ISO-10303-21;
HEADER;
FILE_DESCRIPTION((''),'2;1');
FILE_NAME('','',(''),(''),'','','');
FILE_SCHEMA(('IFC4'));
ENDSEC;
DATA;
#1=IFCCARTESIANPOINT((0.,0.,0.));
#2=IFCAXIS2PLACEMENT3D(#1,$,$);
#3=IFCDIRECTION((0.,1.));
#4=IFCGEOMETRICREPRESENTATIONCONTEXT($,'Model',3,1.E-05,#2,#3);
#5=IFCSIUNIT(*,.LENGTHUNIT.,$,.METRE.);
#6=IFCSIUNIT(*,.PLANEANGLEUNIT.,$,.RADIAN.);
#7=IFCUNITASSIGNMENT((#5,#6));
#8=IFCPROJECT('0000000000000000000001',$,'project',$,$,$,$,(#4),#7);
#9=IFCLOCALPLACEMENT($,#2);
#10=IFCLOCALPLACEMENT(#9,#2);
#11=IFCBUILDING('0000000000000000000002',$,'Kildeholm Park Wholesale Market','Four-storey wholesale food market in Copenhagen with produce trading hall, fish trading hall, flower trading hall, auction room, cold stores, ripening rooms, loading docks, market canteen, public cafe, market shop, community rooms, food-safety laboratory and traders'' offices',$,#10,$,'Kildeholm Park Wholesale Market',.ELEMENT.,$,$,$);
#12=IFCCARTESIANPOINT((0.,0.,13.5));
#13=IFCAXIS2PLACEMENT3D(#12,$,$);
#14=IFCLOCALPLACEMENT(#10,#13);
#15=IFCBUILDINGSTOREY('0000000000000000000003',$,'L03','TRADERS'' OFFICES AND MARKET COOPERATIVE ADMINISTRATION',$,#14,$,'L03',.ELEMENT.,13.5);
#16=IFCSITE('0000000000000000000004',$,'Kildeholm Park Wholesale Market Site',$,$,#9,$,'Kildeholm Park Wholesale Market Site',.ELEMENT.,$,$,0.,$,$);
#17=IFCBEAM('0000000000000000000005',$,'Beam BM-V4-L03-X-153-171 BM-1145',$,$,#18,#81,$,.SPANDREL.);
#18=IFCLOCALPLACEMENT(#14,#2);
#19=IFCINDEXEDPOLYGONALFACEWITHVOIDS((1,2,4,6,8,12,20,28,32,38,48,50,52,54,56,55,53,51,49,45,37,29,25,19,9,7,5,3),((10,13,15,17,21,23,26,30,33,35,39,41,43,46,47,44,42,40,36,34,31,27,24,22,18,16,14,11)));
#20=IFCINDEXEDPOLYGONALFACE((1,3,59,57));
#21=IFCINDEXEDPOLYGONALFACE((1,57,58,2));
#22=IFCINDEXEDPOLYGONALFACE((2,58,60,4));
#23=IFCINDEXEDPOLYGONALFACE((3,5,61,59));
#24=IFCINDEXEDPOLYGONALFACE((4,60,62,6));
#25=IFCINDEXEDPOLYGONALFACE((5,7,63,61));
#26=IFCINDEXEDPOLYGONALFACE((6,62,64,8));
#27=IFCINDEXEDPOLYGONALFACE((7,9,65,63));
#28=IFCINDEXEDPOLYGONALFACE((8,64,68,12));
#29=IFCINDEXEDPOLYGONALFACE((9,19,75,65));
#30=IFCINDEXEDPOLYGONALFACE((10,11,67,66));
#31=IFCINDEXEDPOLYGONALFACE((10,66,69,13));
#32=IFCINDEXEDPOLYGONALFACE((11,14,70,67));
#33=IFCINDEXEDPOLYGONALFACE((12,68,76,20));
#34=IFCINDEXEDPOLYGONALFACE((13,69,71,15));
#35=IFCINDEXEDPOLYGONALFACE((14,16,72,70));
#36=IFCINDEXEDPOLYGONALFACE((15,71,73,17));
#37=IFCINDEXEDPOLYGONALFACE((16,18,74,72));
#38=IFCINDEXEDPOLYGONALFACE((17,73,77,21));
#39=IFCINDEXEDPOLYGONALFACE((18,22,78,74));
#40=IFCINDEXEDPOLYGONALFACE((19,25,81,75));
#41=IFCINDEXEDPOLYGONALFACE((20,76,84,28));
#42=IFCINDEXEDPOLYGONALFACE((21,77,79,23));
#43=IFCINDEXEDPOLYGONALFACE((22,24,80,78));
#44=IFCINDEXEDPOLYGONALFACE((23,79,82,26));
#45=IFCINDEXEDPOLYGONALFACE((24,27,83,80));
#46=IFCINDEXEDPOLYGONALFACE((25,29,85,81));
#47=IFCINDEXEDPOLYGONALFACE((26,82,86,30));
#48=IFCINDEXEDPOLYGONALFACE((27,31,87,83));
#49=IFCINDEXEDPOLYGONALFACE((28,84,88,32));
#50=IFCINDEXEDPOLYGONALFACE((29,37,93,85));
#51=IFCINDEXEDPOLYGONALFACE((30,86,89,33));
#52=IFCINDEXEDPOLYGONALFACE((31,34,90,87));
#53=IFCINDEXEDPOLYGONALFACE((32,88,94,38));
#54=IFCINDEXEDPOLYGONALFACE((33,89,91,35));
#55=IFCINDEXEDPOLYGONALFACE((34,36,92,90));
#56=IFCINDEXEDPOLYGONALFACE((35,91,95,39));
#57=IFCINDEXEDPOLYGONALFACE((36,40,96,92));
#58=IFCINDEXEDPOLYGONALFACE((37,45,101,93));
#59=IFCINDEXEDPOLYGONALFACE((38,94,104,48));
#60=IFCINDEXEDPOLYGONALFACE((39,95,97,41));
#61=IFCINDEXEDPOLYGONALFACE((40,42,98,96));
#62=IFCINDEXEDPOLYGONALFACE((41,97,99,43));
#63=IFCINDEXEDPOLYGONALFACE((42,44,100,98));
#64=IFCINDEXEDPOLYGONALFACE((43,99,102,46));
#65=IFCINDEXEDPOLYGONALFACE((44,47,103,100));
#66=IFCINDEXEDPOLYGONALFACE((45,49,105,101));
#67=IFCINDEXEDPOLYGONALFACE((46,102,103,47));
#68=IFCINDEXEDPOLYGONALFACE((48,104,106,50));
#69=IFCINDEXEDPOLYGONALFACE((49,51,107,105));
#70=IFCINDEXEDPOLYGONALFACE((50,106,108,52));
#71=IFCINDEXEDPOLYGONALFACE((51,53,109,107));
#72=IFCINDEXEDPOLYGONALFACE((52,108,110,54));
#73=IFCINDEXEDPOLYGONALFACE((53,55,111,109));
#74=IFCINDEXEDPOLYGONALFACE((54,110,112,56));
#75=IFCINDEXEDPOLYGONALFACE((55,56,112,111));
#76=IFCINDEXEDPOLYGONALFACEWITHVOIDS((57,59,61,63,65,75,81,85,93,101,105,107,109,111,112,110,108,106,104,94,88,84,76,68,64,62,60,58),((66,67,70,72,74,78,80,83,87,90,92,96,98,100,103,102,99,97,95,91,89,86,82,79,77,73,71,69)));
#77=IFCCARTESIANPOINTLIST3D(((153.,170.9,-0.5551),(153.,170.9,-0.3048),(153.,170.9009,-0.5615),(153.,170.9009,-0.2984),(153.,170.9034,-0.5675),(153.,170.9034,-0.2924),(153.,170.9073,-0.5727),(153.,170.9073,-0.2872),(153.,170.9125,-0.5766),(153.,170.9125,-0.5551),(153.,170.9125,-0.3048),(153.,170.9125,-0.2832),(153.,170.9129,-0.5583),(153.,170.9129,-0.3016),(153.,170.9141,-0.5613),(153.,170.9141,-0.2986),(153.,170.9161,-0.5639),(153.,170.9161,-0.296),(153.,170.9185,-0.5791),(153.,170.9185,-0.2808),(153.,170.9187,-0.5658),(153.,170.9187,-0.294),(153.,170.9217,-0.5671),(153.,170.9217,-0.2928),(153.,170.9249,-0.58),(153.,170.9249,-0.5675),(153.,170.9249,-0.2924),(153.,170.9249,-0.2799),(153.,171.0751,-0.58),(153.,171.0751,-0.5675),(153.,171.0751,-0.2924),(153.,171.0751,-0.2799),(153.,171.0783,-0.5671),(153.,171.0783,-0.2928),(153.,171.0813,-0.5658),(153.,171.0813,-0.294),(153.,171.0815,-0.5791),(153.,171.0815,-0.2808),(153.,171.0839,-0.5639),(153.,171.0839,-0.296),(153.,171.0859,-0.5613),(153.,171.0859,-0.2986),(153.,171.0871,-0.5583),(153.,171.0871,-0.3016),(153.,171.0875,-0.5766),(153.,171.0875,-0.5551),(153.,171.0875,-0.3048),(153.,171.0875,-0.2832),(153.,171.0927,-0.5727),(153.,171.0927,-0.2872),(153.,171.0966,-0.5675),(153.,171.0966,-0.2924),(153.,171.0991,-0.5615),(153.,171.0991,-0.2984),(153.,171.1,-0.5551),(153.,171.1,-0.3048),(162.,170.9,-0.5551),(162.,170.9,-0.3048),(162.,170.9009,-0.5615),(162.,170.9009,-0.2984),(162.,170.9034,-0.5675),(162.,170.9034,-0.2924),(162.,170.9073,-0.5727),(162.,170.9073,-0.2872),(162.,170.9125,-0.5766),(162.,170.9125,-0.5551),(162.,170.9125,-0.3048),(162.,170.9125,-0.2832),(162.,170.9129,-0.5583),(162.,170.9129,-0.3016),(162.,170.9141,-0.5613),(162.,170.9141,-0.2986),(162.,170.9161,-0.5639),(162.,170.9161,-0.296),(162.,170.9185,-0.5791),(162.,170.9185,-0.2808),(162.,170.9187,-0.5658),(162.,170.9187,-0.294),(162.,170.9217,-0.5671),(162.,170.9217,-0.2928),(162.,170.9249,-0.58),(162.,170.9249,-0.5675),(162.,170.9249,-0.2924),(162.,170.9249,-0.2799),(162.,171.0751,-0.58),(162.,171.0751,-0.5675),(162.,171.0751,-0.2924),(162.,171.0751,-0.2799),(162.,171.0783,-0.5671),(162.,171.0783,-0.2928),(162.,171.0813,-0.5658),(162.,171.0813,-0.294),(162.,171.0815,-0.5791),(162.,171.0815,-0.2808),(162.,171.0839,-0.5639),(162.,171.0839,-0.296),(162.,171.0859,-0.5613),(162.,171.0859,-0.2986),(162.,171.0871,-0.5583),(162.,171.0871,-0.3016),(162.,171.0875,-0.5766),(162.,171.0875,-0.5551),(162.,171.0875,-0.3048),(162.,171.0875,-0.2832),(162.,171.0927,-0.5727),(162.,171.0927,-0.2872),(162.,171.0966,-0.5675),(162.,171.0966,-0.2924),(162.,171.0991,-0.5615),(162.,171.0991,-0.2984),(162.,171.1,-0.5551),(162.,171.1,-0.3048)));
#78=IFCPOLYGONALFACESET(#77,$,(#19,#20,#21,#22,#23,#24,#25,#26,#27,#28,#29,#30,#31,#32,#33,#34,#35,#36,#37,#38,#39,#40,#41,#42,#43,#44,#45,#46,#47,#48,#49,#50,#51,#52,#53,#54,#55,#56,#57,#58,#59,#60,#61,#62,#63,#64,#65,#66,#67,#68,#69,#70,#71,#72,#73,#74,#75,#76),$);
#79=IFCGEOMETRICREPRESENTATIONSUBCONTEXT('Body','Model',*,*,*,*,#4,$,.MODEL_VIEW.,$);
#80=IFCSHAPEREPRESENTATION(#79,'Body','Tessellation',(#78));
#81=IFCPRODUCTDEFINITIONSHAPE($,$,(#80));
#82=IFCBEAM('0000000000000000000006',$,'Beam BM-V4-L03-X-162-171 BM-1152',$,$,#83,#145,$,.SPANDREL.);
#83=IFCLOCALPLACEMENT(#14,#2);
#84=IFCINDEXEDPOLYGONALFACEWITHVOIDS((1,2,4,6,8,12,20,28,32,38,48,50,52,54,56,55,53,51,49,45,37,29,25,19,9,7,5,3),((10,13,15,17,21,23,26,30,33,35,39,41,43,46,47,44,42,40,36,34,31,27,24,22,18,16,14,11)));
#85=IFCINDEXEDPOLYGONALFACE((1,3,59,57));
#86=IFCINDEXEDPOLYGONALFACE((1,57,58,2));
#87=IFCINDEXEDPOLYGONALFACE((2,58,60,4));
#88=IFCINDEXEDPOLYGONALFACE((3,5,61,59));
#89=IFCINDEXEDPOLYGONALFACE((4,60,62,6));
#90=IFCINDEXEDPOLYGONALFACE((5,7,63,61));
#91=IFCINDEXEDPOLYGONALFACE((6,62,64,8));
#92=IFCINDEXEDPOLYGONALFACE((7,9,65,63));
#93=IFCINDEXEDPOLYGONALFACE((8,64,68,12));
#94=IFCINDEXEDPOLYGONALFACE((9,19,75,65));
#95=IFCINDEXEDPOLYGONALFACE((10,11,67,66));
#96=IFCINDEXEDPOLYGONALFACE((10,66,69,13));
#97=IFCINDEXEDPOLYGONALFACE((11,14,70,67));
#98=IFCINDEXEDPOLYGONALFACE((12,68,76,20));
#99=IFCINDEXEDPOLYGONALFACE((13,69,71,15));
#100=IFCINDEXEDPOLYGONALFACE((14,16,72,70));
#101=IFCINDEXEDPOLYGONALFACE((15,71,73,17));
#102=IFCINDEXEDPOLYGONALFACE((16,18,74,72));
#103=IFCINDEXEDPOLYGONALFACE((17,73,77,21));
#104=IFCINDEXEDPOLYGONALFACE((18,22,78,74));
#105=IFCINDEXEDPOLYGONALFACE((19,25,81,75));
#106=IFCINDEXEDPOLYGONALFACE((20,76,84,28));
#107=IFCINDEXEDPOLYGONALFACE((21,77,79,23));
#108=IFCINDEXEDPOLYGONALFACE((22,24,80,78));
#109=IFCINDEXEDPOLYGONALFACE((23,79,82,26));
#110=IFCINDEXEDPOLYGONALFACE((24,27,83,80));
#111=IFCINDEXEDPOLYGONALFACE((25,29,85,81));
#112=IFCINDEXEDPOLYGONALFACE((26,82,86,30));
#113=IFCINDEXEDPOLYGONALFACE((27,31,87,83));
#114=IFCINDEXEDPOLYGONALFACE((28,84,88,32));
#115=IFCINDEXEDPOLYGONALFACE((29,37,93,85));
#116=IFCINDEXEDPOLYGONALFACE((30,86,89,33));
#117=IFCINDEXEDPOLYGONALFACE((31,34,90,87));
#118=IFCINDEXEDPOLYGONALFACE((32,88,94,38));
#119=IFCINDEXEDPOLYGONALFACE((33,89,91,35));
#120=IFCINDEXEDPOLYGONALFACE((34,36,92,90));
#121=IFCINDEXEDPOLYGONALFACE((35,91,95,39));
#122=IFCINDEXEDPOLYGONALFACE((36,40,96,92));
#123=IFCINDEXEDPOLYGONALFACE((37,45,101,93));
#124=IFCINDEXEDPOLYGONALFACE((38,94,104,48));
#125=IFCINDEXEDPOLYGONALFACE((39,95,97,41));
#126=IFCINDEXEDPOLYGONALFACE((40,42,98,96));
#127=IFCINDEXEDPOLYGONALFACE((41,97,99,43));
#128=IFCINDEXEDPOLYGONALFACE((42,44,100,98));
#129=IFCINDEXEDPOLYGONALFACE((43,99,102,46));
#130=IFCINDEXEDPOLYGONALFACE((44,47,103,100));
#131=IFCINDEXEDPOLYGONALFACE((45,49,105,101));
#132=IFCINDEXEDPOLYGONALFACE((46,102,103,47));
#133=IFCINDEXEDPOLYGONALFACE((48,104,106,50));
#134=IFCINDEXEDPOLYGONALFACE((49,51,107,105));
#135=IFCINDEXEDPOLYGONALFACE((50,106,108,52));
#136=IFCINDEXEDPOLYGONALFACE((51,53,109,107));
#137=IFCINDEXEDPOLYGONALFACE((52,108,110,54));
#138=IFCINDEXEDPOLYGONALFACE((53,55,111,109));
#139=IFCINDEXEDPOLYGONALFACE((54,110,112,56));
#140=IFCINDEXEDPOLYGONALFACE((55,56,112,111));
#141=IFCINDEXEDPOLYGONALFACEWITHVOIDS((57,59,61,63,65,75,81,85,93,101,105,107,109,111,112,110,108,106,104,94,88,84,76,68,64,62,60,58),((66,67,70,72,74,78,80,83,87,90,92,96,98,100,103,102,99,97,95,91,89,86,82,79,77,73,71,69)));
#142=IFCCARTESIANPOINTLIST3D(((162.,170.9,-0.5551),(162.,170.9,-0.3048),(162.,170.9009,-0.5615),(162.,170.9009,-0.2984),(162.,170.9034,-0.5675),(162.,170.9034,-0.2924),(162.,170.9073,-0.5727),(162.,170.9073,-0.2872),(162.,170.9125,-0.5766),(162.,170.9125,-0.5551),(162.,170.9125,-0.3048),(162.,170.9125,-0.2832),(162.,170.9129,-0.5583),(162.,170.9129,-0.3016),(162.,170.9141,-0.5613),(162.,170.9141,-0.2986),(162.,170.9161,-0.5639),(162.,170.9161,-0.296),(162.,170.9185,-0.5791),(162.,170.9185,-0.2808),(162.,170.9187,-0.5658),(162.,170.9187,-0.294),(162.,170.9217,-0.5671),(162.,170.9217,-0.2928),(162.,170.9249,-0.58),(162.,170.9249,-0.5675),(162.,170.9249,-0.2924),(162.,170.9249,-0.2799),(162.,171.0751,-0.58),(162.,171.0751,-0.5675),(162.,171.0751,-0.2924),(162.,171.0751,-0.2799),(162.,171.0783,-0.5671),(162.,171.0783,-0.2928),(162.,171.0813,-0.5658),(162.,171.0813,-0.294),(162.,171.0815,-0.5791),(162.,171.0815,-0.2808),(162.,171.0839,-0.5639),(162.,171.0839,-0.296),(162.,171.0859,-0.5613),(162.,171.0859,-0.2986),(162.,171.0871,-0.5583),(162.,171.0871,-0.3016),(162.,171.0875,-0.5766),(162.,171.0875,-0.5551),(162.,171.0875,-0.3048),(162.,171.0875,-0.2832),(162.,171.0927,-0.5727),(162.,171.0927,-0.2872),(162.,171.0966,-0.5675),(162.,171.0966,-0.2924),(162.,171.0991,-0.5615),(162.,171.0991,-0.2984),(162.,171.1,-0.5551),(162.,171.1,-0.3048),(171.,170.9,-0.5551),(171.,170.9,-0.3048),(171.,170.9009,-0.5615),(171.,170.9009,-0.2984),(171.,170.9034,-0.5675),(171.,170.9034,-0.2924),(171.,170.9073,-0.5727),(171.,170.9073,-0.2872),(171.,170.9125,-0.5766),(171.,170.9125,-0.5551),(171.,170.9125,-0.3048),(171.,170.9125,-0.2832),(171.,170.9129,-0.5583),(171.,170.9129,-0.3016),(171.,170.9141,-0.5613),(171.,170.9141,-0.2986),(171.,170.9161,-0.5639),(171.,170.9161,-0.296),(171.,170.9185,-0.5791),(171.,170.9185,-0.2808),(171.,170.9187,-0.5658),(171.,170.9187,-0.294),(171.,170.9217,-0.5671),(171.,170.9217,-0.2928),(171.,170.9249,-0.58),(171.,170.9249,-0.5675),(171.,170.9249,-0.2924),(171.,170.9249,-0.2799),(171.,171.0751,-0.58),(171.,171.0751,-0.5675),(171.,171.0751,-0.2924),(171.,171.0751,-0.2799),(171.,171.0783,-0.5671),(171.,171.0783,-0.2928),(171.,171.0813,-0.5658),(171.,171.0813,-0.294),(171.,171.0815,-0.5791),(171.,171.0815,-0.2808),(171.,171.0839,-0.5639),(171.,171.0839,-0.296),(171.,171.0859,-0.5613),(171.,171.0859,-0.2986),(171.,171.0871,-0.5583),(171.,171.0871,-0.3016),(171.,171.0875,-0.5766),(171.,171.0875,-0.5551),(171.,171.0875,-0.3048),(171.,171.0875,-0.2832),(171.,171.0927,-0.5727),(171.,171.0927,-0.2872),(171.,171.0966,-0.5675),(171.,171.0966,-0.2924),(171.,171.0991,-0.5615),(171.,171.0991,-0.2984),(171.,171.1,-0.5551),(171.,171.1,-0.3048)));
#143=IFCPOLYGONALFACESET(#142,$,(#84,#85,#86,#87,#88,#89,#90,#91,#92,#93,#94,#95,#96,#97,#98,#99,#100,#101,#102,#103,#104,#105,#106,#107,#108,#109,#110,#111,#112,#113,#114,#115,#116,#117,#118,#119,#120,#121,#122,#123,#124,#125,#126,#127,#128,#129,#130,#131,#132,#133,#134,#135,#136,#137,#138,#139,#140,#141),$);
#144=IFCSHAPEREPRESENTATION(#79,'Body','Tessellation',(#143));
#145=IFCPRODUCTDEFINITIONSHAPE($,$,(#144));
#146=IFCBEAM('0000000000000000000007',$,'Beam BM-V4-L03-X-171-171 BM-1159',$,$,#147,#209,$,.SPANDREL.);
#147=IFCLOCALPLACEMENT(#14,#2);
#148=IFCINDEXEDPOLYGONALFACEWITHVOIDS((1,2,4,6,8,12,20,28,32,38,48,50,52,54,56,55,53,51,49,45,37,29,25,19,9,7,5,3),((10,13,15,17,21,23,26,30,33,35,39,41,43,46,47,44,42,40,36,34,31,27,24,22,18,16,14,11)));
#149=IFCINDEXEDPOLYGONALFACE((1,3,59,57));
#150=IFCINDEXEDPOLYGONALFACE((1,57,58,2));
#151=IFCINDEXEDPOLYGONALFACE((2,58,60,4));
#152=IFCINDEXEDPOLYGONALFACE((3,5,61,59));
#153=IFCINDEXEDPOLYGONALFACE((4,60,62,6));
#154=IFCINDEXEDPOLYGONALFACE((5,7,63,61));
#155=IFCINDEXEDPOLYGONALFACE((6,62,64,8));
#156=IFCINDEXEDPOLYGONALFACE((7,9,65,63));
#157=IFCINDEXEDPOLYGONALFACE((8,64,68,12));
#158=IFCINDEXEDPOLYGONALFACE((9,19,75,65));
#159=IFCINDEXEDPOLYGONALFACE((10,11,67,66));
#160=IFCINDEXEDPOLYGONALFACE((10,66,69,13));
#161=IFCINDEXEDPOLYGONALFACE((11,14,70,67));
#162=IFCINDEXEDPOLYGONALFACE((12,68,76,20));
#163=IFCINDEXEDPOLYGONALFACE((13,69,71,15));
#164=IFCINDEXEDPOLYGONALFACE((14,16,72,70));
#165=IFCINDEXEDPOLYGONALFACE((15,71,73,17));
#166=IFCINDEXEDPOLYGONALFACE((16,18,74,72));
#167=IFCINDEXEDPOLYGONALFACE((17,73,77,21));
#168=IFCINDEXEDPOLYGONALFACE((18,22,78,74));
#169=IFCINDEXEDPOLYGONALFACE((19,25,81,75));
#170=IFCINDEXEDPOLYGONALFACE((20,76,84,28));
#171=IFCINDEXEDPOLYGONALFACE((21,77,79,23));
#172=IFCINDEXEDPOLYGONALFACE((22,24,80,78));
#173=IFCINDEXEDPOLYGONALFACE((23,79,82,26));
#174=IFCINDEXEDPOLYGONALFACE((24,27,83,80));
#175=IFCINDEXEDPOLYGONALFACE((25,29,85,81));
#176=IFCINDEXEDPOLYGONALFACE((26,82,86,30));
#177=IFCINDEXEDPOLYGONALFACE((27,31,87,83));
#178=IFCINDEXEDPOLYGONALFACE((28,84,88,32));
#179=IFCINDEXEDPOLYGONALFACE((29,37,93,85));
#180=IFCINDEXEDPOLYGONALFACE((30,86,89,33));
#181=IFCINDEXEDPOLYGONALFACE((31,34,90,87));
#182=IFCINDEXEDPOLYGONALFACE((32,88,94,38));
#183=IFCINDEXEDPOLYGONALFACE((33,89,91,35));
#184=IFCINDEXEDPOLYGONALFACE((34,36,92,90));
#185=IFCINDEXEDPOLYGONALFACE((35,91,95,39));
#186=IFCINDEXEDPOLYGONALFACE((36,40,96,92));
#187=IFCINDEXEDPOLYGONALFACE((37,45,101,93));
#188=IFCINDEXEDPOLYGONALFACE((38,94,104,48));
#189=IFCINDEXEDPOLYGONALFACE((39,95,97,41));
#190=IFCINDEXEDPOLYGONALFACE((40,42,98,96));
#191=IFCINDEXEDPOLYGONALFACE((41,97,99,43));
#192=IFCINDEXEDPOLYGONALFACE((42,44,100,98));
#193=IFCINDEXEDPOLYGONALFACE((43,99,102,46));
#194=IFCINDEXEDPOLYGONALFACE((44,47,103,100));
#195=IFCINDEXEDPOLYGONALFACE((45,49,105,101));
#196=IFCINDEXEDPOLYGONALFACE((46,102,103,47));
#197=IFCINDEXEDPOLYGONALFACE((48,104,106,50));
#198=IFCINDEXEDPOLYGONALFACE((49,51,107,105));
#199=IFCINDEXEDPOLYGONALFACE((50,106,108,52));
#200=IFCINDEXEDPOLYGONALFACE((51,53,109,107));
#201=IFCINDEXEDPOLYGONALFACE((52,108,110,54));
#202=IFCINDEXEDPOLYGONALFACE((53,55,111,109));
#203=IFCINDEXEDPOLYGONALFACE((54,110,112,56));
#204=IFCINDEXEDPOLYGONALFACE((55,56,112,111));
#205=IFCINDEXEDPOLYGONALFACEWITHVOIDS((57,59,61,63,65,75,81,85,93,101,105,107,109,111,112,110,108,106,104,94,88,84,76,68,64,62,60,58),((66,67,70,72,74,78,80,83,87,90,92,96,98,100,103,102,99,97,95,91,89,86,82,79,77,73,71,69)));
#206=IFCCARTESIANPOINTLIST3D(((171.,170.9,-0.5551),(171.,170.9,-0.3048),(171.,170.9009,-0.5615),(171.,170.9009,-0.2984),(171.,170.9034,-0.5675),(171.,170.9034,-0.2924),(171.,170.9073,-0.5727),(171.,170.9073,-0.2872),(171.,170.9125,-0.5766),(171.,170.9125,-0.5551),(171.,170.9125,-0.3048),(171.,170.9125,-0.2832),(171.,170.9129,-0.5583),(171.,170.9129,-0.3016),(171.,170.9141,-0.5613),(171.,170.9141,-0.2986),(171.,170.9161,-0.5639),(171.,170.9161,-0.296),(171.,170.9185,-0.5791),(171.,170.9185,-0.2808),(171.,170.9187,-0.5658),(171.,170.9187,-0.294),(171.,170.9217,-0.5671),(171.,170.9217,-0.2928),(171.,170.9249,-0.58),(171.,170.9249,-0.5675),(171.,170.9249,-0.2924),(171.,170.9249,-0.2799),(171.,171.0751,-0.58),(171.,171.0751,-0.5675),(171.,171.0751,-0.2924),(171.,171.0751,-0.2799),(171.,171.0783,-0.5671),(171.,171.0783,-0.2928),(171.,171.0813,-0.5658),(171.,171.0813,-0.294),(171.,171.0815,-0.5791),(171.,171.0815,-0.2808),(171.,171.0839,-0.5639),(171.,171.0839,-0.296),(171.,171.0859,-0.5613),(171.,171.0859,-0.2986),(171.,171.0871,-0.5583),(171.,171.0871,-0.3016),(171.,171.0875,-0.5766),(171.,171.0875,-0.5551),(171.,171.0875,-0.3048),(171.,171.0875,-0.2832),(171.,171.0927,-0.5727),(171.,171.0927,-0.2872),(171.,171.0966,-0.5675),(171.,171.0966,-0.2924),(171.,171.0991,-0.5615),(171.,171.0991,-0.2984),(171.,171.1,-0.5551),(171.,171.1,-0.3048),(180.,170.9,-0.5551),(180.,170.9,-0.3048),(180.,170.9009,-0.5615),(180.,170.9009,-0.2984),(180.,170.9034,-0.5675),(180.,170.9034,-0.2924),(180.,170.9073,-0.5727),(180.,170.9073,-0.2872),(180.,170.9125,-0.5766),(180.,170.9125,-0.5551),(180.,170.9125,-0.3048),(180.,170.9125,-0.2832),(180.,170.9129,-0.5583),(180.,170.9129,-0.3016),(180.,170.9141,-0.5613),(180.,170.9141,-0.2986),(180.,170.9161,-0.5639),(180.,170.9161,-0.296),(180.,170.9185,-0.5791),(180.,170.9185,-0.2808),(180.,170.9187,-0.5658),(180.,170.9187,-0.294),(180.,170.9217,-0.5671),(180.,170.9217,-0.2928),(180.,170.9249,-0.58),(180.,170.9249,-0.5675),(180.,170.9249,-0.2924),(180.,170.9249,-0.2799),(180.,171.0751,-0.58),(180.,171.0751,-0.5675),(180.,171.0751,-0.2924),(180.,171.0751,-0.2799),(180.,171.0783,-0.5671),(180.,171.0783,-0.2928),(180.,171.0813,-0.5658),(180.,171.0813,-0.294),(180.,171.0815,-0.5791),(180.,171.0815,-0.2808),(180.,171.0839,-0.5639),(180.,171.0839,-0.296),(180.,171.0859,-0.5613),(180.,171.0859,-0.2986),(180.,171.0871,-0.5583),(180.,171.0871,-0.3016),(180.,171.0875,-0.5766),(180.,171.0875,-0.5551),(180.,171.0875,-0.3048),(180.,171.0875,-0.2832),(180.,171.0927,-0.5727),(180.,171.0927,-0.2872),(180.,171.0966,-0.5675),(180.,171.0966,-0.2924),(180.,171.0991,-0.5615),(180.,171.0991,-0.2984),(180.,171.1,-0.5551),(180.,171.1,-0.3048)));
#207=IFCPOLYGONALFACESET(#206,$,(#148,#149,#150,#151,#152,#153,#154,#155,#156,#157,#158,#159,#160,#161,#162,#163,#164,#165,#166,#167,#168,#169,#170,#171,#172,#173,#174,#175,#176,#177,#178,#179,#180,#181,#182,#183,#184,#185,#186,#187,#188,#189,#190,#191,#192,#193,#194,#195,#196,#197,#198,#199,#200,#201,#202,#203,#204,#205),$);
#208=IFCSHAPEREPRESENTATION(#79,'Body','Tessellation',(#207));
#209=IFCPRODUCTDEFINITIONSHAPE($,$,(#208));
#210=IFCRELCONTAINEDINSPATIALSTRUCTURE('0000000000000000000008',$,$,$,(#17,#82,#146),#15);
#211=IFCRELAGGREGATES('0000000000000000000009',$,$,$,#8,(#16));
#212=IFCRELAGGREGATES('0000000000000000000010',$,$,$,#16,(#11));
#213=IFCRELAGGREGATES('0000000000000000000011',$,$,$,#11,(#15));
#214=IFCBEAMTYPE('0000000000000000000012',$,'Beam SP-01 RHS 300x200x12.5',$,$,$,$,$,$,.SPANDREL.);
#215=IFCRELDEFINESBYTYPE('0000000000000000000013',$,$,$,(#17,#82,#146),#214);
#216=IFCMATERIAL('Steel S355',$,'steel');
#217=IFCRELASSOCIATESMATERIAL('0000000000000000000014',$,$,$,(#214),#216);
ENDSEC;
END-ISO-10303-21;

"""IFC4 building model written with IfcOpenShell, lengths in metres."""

from ifc_helpers import new_model, si_unit, direction, frame, origin, origin_2d, place, context, subcontext, project, spatial, hollow_rectangle, extrude, material, material_profile, profile_set, type_object, element, save


model = new_model("IFC4")

# Units and contexts
model_context = context("Model", 3, precision=1e-05, world=origin(), true_north=direction((0.0, 1.0)))
body_context = subcontext(model_context, "Body", "Model", "MODEL_VIEW")
ifc_project = project(units=[si_unit("LENGTHUNIT", "METRE"), si_unit("PLANEANGLEUNIT", "RADIAN")], contexts=[model_context])

# Site, building, storey
site_placement = place(None, origin())
site = spatial("IfcSite", under=ifc_project, at=site_placement, Name="Kildeholm Park Wholesale Market Site", LongName="Kildeholm Park Wholesale Market Site", CompositionType="ELEMENT", RefElevation=0.0)
building_placement = place(site_placement, origin())
building = spatial("IfcBuilding", under=site, at=building_placement, Name="Kildeholm Park Wholesale Market", Description="Four-storey wholesale food market in Copenhagen with produce trading hall, fish trading hall, flower trading hall, auction room, cold stores, ripening rooms, loading docks, market canteen, public cafe, market shop, community rooms, food-safety laboratory and traders' offices", LongName="Kildeholm Park Wholesale Market", CompositionType="ELEMENT")
storey_placement = place(building_placement, frame((0.0, 0.0, 13.5)))
storey = spatial("IfcBuildingStorey", under=building, at=storey_placement, Name="L03", Description="TRADERS' OFFICES AND MARKET COOPERATIVE ADMINISTRATION", LongName="L03", CompositionType="ELEMENT", Elevation=13.5)

# Beams
ifc_material_1 = material(Name="Steel S355", Category="steel")
ifc_material_profile_1 = material_profile(ifc_material_1, hollow_rectangle(XDim=0.2, YDim=0.3, WallThickness=0.0125, InnerFilletRadius=0.0125, OuterFilletRadius=0.0249, at=origin_2d()), Name="RHS 300x200x12.5")
ifc_profile_set_1 = profile_set([ifc_material_profile_1], Name="Steel S355")
beam_type_1 = type_object("IfcBeamType", Name="Beam SP-01 RHS 300x200x12.5", PredefinedType="SPANDREL", material=ifc_profile_set_1)
for number, where, z_axis, x_axis, name in (
    (1, (153.0, 171.0, -0.4299), (1.0, 0.0, 0.0), (0.0, 1.0, 0.0), "Beam BM-V4-L03-X-153-171 BM-1145"),
    (2, (162.0, 171.0, -0.4299), (1.0, 0.0, 0.0), (0.0, 1.0, 0.0), "Beam BM-V4-L03-X-162-171 BM-1152"),
    (3, (171.0, 171.0, -0.4299), (1.0, 0.0, 0.0), (0.0, 1.0, 0.0), "Beam BM-V4-L03-X-171-171 BM-1159"),
):
    element("IfcBeam", number, at=place(storey_placement, frame(where, z_axis=z_axis, x_axis=x_axis)), inside=storey, type_object=beam_type_1, Name=name, PredefinedType="SPANDREL", context=body_context, shape_type="SweptSolid", body=[
        extrude(hollow_rectangle(XDim=0.2, YDim=0.3, WallThickness=0.0125, InnerFilletRadius=0.0125, OuterFilletRadius=0.0249, at=origin_2d()), origin(), (0.0, 0.0, 1.0), 9.0),
    ])

save(model, "model.ifc")
